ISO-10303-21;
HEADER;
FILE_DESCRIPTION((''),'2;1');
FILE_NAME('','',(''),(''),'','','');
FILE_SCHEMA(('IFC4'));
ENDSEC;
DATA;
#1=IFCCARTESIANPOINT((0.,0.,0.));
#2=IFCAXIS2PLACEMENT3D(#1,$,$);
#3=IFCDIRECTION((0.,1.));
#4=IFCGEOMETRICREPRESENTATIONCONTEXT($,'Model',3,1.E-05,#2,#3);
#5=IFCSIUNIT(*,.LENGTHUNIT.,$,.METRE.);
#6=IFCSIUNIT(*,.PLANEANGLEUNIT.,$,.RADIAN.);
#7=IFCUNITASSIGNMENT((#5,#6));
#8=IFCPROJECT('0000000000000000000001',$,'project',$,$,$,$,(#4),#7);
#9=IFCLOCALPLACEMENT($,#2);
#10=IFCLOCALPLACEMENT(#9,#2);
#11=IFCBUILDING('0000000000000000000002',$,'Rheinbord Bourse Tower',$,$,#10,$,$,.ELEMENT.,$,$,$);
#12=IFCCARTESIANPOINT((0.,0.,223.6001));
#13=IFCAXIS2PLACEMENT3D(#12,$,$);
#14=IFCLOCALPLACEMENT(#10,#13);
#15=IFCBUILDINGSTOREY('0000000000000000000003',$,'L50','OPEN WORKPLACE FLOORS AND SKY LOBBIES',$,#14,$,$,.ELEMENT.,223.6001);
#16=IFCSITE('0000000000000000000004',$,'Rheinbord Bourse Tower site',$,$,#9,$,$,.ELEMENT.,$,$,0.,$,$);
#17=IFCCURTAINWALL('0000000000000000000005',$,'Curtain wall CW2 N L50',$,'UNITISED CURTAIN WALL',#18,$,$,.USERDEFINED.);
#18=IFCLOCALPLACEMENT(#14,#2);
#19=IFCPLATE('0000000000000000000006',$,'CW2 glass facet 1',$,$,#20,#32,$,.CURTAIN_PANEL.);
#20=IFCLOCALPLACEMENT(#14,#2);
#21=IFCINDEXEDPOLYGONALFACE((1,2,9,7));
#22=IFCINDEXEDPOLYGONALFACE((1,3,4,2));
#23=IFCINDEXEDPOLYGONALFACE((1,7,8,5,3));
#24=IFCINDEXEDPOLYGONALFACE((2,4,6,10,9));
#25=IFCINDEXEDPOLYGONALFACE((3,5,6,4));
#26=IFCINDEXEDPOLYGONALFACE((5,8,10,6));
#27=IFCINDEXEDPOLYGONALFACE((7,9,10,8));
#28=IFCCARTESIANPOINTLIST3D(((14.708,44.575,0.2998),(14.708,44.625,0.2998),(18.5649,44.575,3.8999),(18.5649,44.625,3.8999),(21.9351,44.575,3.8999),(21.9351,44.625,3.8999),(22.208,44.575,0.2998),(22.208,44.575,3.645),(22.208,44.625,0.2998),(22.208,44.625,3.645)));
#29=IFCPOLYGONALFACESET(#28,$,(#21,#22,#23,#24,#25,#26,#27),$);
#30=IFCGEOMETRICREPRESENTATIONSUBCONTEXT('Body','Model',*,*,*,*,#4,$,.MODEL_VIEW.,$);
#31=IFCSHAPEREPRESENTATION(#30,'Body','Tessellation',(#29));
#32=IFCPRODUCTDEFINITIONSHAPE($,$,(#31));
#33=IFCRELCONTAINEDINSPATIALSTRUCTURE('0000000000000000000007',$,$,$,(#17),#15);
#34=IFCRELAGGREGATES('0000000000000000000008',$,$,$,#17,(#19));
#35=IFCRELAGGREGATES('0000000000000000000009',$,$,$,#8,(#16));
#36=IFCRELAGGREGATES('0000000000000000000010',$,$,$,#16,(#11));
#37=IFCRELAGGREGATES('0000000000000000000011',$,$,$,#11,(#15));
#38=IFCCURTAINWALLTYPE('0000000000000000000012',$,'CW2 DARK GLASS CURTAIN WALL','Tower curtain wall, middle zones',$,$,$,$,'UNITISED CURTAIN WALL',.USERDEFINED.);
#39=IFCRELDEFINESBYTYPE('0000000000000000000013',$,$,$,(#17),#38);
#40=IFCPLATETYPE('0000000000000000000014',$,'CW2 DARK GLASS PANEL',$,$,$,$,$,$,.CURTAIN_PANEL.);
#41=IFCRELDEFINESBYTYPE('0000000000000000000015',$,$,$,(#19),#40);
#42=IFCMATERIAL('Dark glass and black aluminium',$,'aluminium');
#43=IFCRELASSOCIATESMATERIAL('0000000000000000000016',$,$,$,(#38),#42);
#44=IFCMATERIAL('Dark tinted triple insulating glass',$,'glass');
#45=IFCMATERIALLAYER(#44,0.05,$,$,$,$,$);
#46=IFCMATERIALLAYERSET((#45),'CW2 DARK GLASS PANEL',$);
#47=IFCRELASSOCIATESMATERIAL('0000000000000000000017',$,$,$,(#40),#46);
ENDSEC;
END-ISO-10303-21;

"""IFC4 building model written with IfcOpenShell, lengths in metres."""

from ifc_helpers import new_model, si_unit, direction, frame, origin, place, context, subcontext, project, spatial, polyline, outline, extrude, material, layer, layer_set, type_object, element, aggregate, save


model = new_model("IFC4")

# Units and contexts
model_context = context("Model", 3, precision=1e-05, world=origin(), true_north=direction((0.0, 1.0)))
body_context = subcontext(model_context, "Body", "Model", "MODEL_VIEW")
ifc_project = project(units=[si_unit("LENGTHUNIT", "METRE"), si_unit("PLANEANGLEUNIT", "RADIAN")], contexts=[model_context])

# Site, building, storey
site_placement = place(None, origin())
site = spatial("IfcSite", under=ifc_project, at=site_placement, Name="Rheinbord Bourse Tower site", CompositionType="ELEMENT", RefElevation=0.0)
building_placement = place(site_placement, origin())
building = spatial("IfcBuilding", under=site, at=building_placement, Name="Rheinbord Bourse Tower", CompositionType="ELEMENT")
storey_placement = place(building_placement, frame((0.0, 0.0, 223.6001)))
storey = spatial("IfcBuildingStorey", under=building, at=storey_placement, Name="L50", Description="OPEN WORKPLACE FLOORS AND SKY LOBBIES", CompositionType="ELEMENT", Elevation=223.6001)

# Curtain wall
ifc_material_1 = material(Name="Dark glass and black aluminium", Category="aluminium")
curtain_wall_type = type_object("IfcCurtainWallType", Name="CW2 DARK GLASS CURTAIN WALL", Description="Tower curtain wall, middle zones", ElementType="UNITISED CURTAIN WALL", PredefinedType="USERDEFINED", material=ifc_material_1)
curtain_wall_placement = place(storey_placement, origin())
curtain_wall = element("IfcCurtainWall", 1, at=curtain_wall_placement, inside=storey, type_object=curtain_wall_type, Name="Curtain wall CW2 N L50", ObjectType="UNITISED CURTAIN WALL", PredefinedType="USERDEFINED")

# Plate
ifc_material_2 = material(Name="Dark tinted triple insulating glass", Category="glass")
ifc_layer = layer(ifc_material_2, 0.05)
ifc_layer_set = layer_set([ifc_layer], Name="CW2 DARK GLASS PANEL")
plate_type = type_object("IfcPlateType", Name="CW2 DARK GLASS PANEL", PredefinedType="CURTAIN_PANEL", material=ifc_layer_set)
plate_1_placement = place(storey_placement, frame((22.208, 44.625, 0.2998), z_axis=(0.0, -1.0, 0.0), x_axis=(0.0, 0.0, 1.0)))
plate_1 = element("IfcPlate", 2, at=plate_1_placement, type_object=plate_type, Name="CW2 glass facet 1", PredefinedType="CURTAIN_PANEL", context=body_context, shape_type="SweptSolid", body=[
    extrude(outline(polyline([(0.0, 0.0), (3.3452, 0.0), (3.6001, 0.2729), (3.6001, 3.6431), (0.0, 7.5), (0.0, 0.0)])), origin(), (0.0, 0.0, 1.0), 0.05),
])
aggregate(curtain_wall, [plate_1])

save(model, "model.ifc")
